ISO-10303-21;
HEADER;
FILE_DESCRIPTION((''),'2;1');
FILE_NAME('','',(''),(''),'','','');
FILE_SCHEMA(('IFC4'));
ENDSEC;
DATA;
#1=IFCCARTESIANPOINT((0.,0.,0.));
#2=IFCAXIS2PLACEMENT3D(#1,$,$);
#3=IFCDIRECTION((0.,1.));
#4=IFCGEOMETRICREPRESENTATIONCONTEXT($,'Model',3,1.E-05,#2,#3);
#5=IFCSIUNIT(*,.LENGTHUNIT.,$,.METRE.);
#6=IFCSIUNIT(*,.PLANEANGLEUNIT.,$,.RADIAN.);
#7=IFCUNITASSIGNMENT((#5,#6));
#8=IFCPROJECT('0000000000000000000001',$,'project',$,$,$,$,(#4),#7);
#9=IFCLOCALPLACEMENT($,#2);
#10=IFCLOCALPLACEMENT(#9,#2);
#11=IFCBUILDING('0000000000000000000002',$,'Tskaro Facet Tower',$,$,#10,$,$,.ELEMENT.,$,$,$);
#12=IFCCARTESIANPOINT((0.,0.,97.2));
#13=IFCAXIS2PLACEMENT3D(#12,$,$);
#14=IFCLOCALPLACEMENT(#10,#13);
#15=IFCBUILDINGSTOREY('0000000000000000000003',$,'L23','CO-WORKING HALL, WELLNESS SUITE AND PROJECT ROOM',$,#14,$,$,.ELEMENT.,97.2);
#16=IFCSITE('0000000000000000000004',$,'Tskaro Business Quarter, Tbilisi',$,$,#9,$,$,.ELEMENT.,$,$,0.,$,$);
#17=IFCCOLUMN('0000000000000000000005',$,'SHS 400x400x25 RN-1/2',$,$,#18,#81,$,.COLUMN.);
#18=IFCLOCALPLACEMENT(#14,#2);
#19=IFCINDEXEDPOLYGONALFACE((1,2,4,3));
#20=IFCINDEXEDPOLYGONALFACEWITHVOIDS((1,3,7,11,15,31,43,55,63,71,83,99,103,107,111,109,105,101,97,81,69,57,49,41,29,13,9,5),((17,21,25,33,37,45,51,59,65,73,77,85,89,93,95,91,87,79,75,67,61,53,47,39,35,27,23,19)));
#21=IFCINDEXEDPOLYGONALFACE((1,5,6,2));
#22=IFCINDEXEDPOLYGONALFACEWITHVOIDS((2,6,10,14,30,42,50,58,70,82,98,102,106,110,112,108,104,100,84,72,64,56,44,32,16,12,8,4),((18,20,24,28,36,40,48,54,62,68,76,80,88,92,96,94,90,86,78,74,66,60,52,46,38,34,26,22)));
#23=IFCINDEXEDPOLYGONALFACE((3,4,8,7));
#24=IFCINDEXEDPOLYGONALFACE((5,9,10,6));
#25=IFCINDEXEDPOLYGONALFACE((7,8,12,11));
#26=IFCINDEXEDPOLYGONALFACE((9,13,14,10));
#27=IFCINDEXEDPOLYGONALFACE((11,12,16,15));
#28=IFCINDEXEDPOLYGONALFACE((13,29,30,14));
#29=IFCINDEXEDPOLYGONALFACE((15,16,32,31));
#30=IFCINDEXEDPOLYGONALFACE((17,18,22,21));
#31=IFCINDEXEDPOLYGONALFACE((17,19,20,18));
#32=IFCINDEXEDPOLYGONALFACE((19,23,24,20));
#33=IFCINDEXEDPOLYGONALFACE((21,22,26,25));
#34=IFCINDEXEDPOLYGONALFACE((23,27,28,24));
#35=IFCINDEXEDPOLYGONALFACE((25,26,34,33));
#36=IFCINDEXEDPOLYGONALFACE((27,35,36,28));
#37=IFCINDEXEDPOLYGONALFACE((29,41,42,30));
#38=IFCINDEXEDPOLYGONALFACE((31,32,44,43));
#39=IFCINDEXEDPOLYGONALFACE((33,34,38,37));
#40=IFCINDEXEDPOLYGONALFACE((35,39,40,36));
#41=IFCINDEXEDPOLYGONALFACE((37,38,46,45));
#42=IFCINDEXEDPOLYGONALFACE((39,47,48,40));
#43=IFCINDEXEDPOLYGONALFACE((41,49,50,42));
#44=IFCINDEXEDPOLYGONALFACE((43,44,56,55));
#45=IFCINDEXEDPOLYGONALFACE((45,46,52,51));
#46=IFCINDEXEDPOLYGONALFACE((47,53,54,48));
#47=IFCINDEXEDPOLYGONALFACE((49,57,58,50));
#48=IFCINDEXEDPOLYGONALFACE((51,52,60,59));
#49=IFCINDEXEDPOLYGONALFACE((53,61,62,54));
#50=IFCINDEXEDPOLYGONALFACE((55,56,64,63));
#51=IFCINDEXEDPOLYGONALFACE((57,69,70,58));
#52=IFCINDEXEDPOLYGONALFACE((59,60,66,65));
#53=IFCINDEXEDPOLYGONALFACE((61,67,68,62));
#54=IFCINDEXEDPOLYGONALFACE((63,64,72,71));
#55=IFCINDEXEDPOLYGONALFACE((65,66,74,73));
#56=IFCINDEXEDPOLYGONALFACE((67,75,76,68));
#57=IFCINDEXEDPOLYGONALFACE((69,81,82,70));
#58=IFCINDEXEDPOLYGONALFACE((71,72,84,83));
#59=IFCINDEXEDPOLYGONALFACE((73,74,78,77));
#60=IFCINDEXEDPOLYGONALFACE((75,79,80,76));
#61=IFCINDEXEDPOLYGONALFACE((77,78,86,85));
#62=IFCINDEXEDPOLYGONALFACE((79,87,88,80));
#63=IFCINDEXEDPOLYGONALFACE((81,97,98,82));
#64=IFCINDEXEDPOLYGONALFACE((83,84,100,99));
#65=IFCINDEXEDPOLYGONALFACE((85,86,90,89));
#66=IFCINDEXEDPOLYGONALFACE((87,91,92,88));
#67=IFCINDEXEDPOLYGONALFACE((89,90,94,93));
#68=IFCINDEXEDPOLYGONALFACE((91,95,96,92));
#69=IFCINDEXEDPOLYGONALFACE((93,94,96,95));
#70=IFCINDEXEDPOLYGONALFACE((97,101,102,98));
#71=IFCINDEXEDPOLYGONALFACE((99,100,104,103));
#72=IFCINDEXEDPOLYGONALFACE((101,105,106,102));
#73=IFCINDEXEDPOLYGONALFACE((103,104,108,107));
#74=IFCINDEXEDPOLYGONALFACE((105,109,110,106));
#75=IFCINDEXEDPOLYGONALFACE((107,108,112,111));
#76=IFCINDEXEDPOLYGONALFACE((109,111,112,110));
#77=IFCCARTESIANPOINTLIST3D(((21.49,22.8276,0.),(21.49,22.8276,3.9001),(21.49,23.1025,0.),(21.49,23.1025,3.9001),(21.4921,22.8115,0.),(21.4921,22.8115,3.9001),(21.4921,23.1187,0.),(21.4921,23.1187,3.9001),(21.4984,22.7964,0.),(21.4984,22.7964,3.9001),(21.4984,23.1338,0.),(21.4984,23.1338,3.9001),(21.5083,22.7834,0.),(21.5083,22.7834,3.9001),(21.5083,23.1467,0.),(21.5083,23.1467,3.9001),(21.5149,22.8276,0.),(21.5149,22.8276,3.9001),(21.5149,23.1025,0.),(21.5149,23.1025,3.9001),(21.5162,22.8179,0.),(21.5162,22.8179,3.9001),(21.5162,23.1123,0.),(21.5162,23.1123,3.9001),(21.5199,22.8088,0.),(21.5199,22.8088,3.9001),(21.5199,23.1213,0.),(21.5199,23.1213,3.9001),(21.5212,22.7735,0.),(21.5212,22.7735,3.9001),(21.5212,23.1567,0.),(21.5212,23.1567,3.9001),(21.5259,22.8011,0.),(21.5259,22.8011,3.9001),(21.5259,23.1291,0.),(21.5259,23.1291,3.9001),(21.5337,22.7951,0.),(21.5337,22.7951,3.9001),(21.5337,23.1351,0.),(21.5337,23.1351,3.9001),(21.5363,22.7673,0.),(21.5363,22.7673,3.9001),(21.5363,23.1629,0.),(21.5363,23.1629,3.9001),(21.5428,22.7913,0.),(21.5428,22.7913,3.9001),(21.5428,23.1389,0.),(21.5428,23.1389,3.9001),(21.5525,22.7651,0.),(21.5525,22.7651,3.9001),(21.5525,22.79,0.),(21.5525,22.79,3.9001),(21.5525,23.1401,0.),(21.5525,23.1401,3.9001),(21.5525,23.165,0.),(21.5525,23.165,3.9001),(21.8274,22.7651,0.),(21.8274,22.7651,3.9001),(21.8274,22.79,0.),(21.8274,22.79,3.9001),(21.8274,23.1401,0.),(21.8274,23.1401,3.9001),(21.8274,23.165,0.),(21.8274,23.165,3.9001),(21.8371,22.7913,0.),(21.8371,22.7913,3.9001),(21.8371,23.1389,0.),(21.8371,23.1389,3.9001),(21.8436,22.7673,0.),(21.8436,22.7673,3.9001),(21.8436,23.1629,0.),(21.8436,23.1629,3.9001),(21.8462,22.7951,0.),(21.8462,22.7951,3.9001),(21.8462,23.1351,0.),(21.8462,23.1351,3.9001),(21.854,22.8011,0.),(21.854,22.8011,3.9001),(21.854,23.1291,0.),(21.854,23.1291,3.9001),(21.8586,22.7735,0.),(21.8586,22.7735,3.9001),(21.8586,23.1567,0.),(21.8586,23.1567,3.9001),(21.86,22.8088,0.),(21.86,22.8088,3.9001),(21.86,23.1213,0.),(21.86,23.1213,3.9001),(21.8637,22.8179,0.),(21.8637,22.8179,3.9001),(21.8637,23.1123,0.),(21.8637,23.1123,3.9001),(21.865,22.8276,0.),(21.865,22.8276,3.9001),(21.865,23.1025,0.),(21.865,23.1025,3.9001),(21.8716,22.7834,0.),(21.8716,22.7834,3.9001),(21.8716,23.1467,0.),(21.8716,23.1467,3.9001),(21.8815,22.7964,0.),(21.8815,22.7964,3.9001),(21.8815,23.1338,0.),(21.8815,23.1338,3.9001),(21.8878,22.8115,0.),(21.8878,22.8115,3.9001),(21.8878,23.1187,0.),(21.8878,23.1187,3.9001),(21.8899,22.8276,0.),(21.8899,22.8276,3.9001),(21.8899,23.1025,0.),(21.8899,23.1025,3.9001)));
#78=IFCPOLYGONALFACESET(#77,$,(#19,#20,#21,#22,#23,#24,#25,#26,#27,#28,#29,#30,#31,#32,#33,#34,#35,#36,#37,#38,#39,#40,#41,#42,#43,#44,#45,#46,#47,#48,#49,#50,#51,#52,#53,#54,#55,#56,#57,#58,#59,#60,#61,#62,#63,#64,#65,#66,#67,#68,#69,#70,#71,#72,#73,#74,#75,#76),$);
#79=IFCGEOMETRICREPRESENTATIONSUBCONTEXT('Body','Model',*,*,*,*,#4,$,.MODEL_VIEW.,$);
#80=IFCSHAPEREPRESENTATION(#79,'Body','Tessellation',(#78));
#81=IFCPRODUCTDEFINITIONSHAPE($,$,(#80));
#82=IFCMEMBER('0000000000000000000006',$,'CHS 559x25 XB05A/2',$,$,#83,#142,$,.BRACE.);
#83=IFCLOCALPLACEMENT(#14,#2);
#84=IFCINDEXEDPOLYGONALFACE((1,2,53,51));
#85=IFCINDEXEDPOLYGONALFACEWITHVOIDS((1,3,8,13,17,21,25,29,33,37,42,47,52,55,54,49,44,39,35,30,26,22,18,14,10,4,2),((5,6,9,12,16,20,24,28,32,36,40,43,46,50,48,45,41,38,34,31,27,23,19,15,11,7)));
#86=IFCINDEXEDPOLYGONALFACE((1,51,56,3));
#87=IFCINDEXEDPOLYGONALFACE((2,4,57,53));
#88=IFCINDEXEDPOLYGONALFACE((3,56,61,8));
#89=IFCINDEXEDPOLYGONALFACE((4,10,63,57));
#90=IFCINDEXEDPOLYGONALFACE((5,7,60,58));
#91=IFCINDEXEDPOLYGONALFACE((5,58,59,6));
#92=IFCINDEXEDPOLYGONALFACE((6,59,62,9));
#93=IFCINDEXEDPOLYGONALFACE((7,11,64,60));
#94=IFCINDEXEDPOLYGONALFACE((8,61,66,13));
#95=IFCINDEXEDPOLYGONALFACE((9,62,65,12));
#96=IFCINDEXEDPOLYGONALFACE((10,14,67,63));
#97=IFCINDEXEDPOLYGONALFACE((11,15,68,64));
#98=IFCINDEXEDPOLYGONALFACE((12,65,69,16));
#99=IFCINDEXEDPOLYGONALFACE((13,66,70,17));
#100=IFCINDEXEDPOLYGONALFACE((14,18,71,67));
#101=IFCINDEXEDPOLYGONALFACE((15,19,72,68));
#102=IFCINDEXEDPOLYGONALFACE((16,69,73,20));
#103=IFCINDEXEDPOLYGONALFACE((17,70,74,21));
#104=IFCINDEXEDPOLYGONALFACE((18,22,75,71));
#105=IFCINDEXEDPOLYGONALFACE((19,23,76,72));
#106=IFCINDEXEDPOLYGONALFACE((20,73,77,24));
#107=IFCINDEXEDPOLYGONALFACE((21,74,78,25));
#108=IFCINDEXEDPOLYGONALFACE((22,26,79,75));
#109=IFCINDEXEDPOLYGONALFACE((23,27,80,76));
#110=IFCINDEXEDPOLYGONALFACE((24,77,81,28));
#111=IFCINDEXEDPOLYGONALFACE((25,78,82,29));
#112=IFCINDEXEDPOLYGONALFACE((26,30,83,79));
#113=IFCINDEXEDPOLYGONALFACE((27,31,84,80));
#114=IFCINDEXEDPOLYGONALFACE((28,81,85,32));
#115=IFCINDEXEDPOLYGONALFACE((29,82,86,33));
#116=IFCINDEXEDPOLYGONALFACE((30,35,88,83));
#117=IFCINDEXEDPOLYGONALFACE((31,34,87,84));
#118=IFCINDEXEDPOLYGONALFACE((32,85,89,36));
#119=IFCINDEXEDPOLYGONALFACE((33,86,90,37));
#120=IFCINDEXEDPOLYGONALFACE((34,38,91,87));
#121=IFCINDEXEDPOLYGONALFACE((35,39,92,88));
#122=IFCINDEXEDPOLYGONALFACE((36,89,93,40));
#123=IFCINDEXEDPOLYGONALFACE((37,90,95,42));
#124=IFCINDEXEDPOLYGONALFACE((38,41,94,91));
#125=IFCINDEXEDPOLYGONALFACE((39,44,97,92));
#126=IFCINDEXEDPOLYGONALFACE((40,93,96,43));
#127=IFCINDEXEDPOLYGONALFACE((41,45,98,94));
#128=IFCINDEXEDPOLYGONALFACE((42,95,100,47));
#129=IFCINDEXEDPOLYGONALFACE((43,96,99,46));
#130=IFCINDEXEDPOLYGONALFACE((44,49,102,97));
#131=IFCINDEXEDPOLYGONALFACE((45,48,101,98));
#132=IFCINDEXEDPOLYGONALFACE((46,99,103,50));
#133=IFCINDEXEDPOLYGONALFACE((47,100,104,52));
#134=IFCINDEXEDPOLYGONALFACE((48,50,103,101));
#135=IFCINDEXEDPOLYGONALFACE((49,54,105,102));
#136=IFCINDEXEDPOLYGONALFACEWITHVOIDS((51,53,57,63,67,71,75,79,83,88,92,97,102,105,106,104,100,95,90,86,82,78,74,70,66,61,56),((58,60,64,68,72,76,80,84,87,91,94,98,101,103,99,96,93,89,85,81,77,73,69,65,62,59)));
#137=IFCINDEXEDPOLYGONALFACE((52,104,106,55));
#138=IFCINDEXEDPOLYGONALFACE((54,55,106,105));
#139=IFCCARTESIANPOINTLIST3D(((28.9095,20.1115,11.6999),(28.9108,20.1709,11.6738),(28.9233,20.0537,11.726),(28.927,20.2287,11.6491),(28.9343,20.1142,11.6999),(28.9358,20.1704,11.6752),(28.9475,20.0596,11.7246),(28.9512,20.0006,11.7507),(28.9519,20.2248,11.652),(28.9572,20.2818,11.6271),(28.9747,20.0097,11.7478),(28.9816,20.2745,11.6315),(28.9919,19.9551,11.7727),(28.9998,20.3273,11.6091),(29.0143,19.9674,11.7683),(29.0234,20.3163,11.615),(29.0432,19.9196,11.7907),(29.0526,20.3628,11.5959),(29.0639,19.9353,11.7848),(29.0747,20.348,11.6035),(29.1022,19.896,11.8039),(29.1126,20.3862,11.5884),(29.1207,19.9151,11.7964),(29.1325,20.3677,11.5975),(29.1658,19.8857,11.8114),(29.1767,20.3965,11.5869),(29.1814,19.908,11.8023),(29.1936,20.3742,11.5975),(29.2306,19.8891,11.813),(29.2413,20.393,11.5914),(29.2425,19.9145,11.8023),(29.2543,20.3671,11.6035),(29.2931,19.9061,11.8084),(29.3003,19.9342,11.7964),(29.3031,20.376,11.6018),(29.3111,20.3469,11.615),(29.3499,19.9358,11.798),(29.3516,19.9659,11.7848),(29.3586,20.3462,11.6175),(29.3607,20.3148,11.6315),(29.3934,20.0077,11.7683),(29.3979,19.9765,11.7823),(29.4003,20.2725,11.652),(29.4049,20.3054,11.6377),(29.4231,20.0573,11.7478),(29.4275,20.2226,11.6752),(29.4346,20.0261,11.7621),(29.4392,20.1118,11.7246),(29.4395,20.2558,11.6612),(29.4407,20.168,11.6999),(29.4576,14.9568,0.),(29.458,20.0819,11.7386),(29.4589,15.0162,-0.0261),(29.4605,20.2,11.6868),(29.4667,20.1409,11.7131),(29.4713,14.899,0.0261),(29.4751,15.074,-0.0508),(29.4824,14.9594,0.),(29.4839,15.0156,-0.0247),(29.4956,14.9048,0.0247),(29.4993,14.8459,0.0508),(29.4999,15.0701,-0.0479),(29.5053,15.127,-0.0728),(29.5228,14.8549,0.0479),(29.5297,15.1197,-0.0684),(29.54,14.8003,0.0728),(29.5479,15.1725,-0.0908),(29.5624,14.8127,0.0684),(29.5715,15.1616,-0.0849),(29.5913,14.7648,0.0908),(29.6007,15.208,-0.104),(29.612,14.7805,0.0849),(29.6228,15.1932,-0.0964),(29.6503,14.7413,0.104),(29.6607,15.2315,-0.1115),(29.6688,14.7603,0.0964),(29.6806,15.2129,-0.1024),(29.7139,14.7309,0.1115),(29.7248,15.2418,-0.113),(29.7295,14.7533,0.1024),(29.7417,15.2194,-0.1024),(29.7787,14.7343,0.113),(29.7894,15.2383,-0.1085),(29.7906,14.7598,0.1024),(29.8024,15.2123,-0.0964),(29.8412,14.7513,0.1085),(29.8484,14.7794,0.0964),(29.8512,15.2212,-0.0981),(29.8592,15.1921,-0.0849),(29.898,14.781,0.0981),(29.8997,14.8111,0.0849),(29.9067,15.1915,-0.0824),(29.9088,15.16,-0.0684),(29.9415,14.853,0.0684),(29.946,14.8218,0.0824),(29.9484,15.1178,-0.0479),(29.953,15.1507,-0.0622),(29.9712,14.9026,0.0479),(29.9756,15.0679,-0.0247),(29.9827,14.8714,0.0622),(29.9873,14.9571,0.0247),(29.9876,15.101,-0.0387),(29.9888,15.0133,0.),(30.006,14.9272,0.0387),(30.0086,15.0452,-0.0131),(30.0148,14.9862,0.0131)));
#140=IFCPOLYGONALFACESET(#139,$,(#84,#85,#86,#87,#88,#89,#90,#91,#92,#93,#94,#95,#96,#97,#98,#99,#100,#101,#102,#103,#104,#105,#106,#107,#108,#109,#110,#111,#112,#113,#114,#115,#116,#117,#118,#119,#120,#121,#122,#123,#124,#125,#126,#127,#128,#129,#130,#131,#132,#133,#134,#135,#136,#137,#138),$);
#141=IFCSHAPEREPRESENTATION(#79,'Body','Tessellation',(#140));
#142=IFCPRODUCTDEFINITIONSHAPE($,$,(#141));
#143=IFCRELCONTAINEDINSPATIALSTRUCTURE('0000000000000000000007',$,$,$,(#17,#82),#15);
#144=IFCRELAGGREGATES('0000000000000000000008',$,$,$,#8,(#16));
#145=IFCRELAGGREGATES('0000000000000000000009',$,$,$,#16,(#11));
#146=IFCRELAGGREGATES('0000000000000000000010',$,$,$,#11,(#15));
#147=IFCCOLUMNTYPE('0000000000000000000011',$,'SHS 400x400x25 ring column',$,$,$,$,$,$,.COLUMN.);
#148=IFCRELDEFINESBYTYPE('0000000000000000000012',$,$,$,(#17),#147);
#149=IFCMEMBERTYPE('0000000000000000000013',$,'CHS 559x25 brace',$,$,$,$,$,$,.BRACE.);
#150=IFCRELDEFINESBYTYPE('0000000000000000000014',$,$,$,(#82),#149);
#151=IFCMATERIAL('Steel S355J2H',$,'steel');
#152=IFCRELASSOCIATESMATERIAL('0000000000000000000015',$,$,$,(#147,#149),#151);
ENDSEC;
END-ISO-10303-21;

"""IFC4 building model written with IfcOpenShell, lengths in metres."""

from ifc_helpers import new_model, si_unit, direction, frame, origin, origin_2d, place, context, subcontext, project, spatial, hollow_rectangle, hollow_circle, extrude, material, material_profile, profile_set, type_object, element, save


model = new_model("IFC4")

# Units and contexts
model_context = context("Model", 3, precision=1e-05, world=origin(), true_north=direction((0.0, 1.0)))
body_context = subcontext(model_context, "Body", "Model", "MODEL_VIEW")
ifc_project = project(units=[si_unit("LENGTHUNIT", "METRE"), si_unit("PLANEANGLEUNIT", "RADIAN")], contexts=[model_context])

# Site, building, storey
site_placement = place(None, origin())
site = spatial("IfcSite", under=ifc_project, at=site_placement, Name="Tskaro Business Quarter, Tbilisi", CompositionType="ELEMENT", RefElevation=0.0)
building_placement = place(site_placement, origin())
building = spatial("IfcBuilding", under=site, at=building_placement, Name="Tskaro Facet Tower", CompositionType="ELEMENT")
storey_placement = place(building_placement, frame((0.0, 0.0, 97.2)))
storey = spatial("IfcBuildingStorey", under=building, at=storey_placement, Name="L23", Description="CO-WORKING HALL, WELLNESS SUITE AND PROJECT ROOM", CompositionType="ELEMENT", Elevation=97.2)

# Column
ifc_material_1 = material(Name="Steel S355J2H", Category="steel")
ifc_material_profile_1 = material_profile(ifc_material_1, hollow_rectangle(XDim=0.3999, YDim=0.3999, WallThickness=0.0249, InnerFilletRadius=0.0376, OuterFilletRadius=0.0625, at=origin_2d()), Name="SHS 400x400x25")
ifc_profile_set_1 = profile_set([ifc_material_profile_1], Name="Steel S355J2H")
column_type_1 = type_object("IfcColumnType", Name="SHS 400x400x25 ring column", PredefinedType="COLUMN", material=ifc_profile_set_1)
for number, where, z_axis, x_axis, name in (
    (1, (21.6899, 22.9651, 0.0), (0.0, 0.0, 1.0), (1.0, 0.0, 0.0), "SHS 400x400x25 RN-1/2"),
):
    element("IfcColumn", number, at=place(storey_placement, frame(where, z_axis=z_axis, x_axis=x_axis)), inside=storey, type_object=column_type_1, Name=name, PredefinedType="COLUMN", context=body_context, shape_type="SweptSolid", body=[
        extrude(hollow_rectangle(XDim=0.3999, YDim=0.3999, WallThickness=0.0249, InnerFilletRadius=0.0376, OuterFilletRadius=0.0625, at=origin_2d()), origin(), (0.0, 0.0, 1.0), 3.9001),
    ])

# Member
ifc_material_profile_2 = material_profile(ifc_material_1, hollow_circle(Radius=0.2795, WallThickness=0.0249, at=origin_2d()), Name="CHS 559x25")
ifc_profile_set_2 = profile_set([ifc_material_profile_2], Name="Steel S355J2H")
member_type_1 = type_object("IfcMemberType", Name="CHS 559x25 brace", PredefinedType="BRACE", material=ifc_profile_set_2)
member_1_placement = place(storey_placement, frame((29.7356, 14.9863, 0.0), z_axis=(-0.04283, 0.402815, 0.914279), x_axis=(-0.994395, -0.105732, 0.0)))
element("IfcMember", 2, at=member_1_placement, inside=storey, type_object=member_type_1, Name="CHS 559x25 XB05A/2", PredefinedType="BRACE", context=body_context, shape_type="SweptSolid", body=[
    extrude(hollow_circle(Radius=0.2795, WallThickness=0.0249, at=origin_2d()), origin(), (0.0, 0.0, 1.0), 12.7969),
])

save(model, "model.ifc")
